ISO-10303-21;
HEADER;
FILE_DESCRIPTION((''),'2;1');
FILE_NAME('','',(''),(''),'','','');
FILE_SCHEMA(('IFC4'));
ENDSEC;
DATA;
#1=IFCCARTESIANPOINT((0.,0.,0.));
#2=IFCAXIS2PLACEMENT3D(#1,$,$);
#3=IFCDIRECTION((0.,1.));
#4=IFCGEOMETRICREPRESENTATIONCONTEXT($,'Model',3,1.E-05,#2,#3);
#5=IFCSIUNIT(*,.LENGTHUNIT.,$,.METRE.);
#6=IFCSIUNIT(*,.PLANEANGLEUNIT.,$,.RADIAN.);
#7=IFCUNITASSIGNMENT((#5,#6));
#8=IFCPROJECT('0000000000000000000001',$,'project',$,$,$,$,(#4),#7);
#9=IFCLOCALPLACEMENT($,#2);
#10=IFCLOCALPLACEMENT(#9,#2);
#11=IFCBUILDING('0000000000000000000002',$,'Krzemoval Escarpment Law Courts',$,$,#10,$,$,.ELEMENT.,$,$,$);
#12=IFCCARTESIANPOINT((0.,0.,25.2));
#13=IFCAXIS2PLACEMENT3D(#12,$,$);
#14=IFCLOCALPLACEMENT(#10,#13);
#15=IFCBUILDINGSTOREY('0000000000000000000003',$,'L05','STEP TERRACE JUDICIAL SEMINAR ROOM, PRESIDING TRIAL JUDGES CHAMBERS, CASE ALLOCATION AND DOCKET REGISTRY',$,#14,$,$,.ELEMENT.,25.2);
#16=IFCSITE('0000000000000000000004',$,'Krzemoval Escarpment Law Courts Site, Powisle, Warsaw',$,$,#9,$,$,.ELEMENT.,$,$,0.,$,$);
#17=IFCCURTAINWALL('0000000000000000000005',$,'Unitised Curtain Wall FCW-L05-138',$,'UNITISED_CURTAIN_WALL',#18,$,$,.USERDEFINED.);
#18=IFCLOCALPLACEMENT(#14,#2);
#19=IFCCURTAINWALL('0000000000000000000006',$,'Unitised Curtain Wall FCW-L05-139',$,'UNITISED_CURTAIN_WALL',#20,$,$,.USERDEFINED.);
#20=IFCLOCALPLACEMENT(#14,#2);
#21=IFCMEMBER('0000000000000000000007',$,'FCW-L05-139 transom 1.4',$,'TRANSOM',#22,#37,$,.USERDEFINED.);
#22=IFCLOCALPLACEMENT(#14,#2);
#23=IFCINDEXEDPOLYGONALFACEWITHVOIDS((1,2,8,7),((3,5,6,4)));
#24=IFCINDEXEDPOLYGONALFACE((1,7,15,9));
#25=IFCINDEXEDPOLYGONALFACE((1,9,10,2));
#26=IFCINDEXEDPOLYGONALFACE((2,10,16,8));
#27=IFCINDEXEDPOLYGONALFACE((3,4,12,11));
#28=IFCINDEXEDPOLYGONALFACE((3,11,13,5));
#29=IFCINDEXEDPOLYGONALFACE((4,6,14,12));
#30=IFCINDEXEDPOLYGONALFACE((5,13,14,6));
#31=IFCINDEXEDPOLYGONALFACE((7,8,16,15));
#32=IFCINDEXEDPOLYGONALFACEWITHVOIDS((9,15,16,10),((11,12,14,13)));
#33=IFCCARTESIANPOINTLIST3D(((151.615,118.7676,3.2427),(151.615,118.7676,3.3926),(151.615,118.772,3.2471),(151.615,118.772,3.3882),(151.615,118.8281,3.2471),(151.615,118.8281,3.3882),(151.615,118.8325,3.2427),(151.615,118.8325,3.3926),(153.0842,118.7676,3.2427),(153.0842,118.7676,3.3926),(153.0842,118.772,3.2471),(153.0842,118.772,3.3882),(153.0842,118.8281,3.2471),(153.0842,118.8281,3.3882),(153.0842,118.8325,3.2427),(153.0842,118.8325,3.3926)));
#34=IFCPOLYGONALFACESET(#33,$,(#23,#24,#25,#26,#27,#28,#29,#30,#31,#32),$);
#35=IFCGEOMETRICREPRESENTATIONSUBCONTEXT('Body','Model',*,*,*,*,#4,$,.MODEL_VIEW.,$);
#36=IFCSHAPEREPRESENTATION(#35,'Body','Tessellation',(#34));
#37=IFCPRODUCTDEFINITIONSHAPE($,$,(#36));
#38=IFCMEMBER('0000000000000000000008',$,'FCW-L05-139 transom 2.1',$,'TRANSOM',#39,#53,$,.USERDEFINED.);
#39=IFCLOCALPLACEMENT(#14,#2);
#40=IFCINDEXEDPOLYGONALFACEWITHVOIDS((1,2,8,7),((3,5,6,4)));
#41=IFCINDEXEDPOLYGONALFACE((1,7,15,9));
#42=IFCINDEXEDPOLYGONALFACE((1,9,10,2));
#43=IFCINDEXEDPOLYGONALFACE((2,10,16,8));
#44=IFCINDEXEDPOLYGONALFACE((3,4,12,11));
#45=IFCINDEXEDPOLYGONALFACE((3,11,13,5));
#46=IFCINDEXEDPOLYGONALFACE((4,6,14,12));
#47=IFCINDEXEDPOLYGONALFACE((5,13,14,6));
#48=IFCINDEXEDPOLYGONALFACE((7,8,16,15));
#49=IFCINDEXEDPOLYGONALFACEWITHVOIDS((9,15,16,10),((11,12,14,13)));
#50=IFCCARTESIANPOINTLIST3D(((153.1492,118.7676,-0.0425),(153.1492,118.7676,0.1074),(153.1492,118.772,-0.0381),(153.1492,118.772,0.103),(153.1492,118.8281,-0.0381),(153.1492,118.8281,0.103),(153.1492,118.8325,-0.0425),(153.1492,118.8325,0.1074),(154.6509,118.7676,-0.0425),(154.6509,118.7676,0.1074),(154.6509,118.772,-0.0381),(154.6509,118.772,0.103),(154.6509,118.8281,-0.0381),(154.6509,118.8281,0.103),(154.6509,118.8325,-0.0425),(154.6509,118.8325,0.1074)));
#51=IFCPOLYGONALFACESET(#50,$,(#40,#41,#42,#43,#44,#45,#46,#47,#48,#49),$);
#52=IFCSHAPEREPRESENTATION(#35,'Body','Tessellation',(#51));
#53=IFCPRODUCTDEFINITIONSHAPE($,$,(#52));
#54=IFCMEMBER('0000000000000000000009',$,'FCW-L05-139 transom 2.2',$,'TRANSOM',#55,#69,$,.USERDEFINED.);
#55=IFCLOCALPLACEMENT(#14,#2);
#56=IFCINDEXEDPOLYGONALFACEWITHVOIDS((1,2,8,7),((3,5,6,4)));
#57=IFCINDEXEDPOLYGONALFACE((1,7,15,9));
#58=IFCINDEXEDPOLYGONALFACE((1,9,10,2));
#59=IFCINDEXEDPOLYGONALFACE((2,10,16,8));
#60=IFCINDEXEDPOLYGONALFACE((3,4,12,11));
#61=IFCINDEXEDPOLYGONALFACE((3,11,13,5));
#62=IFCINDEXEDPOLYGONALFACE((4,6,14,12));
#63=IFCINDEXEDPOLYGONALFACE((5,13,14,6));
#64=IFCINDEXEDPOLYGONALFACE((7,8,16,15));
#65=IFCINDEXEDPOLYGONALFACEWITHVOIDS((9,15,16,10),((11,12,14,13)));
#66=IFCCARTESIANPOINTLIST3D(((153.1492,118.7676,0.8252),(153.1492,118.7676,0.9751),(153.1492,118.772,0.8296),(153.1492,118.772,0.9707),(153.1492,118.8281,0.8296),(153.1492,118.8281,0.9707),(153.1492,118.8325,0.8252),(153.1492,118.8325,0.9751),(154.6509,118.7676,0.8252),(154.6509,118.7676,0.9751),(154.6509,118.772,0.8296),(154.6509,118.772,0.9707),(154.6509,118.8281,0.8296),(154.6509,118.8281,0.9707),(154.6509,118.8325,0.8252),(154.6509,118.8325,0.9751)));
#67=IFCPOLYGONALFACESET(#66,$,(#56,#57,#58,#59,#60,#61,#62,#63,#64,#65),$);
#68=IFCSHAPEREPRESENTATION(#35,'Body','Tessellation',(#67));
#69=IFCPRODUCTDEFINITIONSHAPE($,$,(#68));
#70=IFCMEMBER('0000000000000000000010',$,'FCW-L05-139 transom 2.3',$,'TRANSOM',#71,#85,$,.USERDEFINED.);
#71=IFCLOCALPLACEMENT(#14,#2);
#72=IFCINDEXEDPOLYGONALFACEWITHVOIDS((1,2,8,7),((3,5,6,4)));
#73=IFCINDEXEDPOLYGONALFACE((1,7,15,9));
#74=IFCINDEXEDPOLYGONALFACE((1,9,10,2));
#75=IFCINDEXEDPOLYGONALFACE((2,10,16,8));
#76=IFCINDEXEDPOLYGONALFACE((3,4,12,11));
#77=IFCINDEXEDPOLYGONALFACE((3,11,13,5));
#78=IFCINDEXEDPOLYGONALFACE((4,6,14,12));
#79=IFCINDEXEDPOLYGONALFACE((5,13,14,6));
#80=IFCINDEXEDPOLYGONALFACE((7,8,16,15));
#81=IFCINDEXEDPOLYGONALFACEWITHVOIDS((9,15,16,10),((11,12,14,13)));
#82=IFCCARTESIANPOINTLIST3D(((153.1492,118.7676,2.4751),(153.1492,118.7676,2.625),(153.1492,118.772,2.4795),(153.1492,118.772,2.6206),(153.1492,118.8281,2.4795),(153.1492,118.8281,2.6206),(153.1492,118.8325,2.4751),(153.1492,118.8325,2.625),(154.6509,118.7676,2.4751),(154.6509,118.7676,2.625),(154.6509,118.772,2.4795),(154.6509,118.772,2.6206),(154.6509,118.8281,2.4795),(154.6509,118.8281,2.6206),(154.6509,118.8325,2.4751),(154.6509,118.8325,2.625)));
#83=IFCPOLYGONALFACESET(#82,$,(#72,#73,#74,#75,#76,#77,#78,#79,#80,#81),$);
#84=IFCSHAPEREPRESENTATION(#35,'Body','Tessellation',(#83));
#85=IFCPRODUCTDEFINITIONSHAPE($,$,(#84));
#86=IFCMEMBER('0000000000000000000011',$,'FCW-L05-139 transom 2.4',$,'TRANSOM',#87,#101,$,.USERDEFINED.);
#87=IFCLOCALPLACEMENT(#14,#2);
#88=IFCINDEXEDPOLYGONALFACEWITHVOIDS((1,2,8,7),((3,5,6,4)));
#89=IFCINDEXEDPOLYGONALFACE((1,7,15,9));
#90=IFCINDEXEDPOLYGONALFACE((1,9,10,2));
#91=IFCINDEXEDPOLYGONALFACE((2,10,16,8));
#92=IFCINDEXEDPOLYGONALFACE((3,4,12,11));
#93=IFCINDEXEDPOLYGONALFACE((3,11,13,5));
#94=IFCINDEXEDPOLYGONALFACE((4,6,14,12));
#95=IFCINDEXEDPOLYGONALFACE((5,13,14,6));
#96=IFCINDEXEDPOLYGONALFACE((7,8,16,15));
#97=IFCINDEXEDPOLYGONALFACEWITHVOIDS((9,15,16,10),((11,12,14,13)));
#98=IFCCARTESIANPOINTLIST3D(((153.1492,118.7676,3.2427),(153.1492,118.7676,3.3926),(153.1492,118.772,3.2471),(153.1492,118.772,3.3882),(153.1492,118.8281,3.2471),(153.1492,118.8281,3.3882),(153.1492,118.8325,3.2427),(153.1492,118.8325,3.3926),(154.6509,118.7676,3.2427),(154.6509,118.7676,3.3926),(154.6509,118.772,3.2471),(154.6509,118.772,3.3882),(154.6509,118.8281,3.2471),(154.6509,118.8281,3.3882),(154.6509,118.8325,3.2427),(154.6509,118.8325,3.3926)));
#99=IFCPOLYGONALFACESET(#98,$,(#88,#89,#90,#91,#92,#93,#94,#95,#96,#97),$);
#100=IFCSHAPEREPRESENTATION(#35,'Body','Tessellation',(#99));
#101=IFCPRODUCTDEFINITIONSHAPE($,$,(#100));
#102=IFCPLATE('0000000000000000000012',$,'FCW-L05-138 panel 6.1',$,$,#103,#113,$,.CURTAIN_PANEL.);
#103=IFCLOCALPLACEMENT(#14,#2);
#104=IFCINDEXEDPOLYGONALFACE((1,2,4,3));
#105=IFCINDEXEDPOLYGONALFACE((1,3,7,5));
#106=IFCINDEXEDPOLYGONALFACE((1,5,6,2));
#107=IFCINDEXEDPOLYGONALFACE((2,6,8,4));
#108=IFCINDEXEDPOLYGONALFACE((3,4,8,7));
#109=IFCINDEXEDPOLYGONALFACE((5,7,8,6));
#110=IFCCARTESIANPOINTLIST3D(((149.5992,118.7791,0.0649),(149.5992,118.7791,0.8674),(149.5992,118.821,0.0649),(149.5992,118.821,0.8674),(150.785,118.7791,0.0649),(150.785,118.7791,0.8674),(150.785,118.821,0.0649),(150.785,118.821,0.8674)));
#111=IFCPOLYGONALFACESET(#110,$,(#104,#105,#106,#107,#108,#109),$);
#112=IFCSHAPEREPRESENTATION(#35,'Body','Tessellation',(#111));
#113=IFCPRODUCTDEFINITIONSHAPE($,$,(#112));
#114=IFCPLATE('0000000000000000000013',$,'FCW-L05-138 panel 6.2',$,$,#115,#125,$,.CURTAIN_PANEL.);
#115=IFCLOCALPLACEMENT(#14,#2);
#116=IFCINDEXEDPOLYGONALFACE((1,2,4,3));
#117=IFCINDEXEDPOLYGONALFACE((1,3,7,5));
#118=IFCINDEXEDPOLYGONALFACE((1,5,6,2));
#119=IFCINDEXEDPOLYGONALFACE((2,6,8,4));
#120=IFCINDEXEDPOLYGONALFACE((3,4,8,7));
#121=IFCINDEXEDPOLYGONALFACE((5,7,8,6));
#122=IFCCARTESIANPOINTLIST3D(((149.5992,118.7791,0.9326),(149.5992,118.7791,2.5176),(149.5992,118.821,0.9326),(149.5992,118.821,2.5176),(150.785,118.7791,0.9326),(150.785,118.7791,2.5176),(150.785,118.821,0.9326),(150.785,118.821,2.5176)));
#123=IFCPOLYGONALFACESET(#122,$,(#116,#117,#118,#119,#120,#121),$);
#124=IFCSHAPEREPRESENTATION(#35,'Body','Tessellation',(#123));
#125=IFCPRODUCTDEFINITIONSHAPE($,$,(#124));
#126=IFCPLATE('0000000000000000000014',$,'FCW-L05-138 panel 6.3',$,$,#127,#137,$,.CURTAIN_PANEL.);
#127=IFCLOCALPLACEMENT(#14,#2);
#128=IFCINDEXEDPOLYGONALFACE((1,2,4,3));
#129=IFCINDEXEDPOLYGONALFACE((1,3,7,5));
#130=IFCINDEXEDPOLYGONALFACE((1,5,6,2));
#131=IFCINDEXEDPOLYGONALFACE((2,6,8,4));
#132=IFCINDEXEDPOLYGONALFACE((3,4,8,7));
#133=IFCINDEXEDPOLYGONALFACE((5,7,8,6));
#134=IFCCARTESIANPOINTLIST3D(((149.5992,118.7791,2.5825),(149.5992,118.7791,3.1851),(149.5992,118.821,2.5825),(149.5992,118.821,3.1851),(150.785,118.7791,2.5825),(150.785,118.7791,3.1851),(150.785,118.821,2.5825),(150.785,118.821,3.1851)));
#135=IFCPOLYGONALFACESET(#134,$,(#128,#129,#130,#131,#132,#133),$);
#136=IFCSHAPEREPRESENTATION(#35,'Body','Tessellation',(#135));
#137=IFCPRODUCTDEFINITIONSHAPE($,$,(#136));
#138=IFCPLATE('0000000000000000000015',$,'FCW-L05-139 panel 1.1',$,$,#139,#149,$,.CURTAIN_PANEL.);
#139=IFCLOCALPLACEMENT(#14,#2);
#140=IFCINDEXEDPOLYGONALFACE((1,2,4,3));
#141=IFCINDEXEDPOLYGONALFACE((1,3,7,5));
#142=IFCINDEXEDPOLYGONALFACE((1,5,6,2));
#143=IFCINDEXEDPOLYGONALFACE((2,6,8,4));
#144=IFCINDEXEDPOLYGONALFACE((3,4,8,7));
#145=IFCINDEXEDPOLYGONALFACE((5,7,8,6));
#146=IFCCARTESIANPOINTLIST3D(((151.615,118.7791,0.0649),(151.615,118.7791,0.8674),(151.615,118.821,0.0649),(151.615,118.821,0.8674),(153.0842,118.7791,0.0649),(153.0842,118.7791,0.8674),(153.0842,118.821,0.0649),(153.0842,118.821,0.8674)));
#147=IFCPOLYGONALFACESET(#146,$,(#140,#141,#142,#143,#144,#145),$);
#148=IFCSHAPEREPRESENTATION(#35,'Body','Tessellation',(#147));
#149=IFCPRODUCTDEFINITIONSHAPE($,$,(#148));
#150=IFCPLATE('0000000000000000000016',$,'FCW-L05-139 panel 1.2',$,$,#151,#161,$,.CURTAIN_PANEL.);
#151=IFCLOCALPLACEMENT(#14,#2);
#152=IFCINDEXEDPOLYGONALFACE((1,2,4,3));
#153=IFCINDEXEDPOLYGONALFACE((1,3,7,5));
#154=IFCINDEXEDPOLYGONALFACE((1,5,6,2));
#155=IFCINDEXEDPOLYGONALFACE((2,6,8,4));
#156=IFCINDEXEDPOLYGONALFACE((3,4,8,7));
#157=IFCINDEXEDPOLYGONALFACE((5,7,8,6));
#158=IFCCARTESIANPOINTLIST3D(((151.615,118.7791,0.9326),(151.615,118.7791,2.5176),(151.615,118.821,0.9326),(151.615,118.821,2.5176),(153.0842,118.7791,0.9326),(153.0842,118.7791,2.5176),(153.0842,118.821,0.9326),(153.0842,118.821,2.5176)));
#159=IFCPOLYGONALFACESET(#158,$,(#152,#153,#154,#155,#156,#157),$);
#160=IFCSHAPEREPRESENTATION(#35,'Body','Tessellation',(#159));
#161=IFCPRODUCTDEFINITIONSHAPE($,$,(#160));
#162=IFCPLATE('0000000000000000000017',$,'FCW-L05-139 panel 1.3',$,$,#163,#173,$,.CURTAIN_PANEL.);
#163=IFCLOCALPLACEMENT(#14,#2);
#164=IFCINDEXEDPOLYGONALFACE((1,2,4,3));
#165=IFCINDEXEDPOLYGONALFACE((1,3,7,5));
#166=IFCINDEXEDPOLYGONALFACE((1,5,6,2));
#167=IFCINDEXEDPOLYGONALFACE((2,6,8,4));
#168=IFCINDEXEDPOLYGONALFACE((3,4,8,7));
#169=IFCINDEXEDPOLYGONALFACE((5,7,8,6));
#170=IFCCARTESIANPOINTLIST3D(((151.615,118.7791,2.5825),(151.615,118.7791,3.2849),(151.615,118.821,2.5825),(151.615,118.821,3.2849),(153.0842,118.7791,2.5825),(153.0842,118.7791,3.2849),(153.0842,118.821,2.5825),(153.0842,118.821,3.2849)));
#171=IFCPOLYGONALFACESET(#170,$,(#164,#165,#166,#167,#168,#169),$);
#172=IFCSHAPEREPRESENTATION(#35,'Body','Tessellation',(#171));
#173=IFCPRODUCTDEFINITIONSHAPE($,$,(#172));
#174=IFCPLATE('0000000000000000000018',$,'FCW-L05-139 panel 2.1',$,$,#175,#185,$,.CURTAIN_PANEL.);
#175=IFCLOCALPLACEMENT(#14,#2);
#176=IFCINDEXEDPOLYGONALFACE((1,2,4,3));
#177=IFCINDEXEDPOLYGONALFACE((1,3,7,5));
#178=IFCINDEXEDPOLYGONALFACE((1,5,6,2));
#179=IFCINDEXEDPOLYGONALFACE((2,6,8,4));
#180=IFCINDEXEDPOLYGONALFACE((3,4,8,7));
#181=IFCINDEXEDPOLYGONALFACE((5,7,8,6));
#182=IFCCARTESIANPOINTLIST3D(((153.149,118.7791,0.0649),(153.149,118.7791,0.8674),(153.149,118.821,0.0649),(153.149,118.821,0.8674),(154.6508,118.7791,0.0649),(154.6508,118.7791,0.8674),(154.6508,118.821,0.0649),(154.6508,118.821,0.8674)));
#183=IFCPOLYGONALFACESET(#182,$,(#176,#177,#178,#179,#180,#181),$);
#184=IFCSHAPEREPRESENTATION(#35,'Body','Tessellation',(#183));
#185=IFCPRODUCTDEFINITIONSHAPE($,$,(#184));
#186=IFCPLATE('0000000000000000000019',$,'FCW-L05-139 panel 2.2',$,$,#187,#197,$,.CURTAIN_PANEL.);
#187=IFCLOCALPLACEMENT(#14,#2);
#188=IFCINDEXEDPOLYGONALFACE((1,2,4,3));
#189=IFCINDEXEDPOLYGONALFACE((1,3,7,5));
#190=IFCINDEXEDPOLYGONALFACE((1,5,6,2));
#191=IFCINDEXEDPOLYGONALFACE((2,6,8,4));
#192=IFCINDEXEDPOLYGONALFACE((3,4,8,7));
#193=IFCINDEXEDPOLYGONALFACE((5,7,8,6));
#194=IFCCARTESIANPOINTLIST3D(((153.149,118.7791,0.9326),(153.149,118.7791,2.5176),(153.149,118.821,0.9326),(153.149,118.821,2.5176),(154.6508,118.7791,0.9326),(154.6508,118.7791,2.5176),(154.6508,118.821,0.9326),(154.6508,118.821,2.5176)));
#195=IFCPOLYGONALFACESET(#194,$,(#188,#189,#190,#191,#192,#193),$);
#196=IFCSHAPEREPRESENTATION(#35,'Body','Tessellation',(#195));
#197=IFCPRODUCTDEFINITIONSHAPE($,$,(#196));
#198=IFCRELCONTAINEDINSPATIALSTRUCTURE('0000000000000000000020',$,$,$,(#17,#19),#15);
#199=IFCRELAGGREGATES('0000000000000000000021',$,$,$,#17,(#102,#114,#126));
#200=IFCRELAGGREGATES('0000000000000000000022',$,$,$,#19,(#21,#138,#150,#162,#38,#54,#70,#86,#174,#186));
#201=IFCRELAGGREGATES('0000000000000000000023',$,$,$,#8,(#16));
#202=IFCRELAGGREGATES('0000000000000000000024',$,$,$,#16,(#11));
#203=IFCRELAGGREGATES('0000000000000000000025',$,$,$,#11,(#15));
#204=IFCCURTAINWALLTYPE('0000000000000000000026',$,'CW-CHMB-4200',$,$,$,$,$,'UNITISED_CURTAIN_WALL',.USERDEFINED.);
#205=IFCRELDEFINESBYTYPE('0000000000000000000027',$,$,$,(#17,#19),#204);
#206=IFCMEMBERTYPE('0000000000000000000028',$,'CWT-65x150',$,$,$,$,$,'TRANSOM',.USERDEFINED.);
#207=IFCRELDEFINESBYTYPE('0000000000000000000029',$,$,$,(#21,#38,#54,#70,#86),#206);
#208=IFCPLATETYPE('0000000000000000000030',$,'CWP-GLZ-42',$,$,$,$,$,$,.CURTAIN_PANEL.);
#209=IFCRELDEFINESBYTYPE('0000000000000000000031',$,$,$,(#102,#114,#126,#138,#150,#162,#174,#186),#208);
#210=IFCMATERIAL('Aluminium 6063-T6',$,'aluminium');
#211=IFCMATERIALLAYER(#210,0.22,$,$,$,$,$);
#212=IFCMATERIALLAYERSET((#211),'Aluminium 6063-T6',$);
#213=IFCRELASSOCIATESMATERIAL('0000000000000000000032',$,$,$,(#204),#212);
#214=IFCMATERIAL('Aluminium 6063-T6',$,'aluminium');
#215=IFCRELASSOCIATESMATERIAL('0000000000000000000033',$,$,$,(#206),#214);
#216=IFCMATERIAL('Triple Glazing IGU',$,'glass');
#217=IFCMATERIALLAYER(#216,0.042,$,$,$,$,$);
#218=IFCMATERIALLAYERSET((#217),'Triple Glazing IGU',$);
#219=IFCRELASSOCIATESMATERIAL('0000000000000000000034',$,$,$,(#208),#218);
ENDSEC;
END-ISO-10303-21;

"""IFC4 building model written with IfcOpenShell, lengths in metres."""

from ifc_helpers import new_model, si_unit, direction, frame, origin, origin_2d, place, context, subcontext, project, spatial, rectangle, hollow_rectangle, extrude, material, layer, layer_set, material_profile, profile_set, type_object, element, aggregate, save


model = new_model("IFC4")

# Units and contexts
model_context = context("Model", 3, precision=1e-05, world=origin(), true_north=direction((0.0, 1.0)))
body_context = subcontext(model_context, "Body", "Model", "MODEL_VIEW")
ifc_project = project(units=[si_unit("LENGTHUNIT", "METRE"), si_unit("PLANEANGLEUNIT", "RADIAN")], contexts=[model_context])

# Site, building, storey
site_placement = place(None, origin())
site = spatial("IfcSite", under=ifc_project, at=site_placement, Name="Krzemoval Escarpment Law Courts Site, Powisle, Warsaw", CompositionType="ELEMENT", RefElevation=0.0)
building_placement = place(site_placement, origin())
building = spatial("IfcBuilding", under=site, at=building_placement, Name="Krzemoval Escarpment Law Courts", CompositionType="ELEMENT")
storey_placement = place(building_placement, frame((0.0, 0.0, 25.2)))
storey = spatial("IfcBuildingStorey", under=building, at=storey_placement, Name="L05", Description="STEP TERRACE JUDICIAL SEMINAR ROOM, PRESIDING TRIAL JUDGES CHAMBERS, CASE ALLOCATION AND DOCKET REGISTRY", CompositionType="ELEMENT", Elevation=25.2)

# Curtain wall
ifc_material_1 = material(Name="Aluminium 6063-T6", Category="aluminium")
ifc_layer_1 = layer(ifc_material_1, 0.22)
ifc_layer_set_1 = layer_set([ifc_layer_1], Name="Aluminium 6063-T6")
curtain_wall_type = type_object("IfcCurtainWallType", Name="CW-CHMB-4200", ElementType="UNITISED_CURTAIN_WALL", PredefinedType="USERDEFINED", material=ifc_layer_set_1)
curtain_wall_1_placement = place(storey_placement, origin())
curtain_wall_1 = element("IfcCurtainWall", 1, at=curtain_wall_1_placement, inside=storey, type_object=curtain_wall_type, Name="Unitised Curtain Wall FCW-L05-138", ObjectType="UNITISED_CURTAIN_WALL", PredefinedType="USERDEFINED")

# Curtain wall
curtain_wall_2_placement = place(storey_placement, origin())
curtain_wall_2 = element("IfcCurtainWall", 2, at=curtain_wall_2_placement, inside=storey, type_object=curtain_wall_type, Name="Unitised Curtain Wall FCW-L05-139", ObjectType="UNITISED_CURTAIN_WALL", PredefinedType="USERDEFINED")

# Members
ifc_material_2 = material(Name="Aluminium 6063-T6", Category="aluminium")
ifc_material_profile_1 = material_profile(ifc_material_2, hollow_rectangle(XDim=0.0649, YDim=0.1499, WallThickness=0.0044, at=origin_2d()), Name="ALU T65x150")
ifc_profile_set_1 = profile_set([ifc_material_profile_1], Name="Aluminium 6063-T6")
member_type_1 = type_object("IfcMemberType", Name="CWT-65x150", ElementType="TRANSOM", PredefinedType="USERDEFINED", material=ifc_profile_set_1)
member_1_placement = place(storey_placement, frame((151.615, 118.8, 3.3176), z_axis=(1.0, 0.0, 0.0), x_axis=(0.0, 1.0, 0.0)))
member_1 = element("IfcMember", 3, at=member_1_placement, type_object=member_type_1, Name="FCW-L05-139 transom 1.4", ObjectType="TRANSOM", PredefinedType="USERDEFINED", context=body_context, shape_type="SweptSolid", body=[
    extrude(hollow_rectangle(XDim=0.0649, YDim=0.1499, WallThickness=0.0044, at=origin_2d()), origin(), (0.0, 0.0, 1.0), 1.4692),
])
member_2_placement = place(storey_placement, frame((153.1492, 118.8, 0.0325), z_axis=(1.0, 0.0, 0.0), x_axis=(0.0, 1.0, 0.0)))
member_2 = element("IfcMember", 4, at=member_2_placement, type_object=member_type_1, Name="FCW-L05-139 transom 2.1", ObjectType="TRANSOM", PredefinedType="USERDEFINED", context=body_context, shape_type="SweptSolid", body=[
    extrude(hollow_rectangle(XDim=0.0649, YDim=0.1499, WallThickness=0.0044, at=origin_2d()), origin(), (0.0, 0.0, 1.0), 1.5017),
])
member_3_placement = place(storey_placement, frame((153.1492, 118.8, 0.9001), z_axis=(1.0, 0.0, 0.0), x_axis=(0.0, 1.0, 0.0)))
member_3 = element("IfcMember", 5, at=member_3_placement, type_object=member_type_1, Name="FCW-L05-139 transom 2.2", ObjectType="TRANSOM", PredefinedType="USERDEFINED", context=body_context, shape_type="SweptSolid", body=[
    extrude(hollow_rectangle(XDim=0.0649, YDim=0.1499, WallThickness=0.0044, at=origin_2d()), origin(), (0.0, 0.0, 1.0), 1.5017),
])
member_4_placement = place(storey_placement, frame((153.1492, 118.8, 2.55), z_axis=(1.0, 0.0, 0.0), x_axis=(0.0, 1.0, 0.0)))
member_4 = element("IfcMember", 6, at=member_4_placement, type_object=member_type_1, Name="FCW-L05-139 transom 2.3", ObjectType="TRANSOM", PredefinedType="USERDEFINED", context=body_context, shape_type="SweptSolid", body=[
    extrude(hollow_rectangle(XDim=0.0649, YDim=0.1499, WallThickness=0.0044, at=origin_2d()), origin(), (0.0, 0.0, 1.0), 1.5017),
])
member_5_placement = place(storey_placement, frame((153.1492, 118.8, 3.3176), z_axis=(1.0, 0.0, 0.0), x_axis=(0.0, 1.0, 0.0)))
member_5 = element("IfcMember", 7, at=member_5_placement, type_object=member_type_1, Name="FCW-L05-139 transom 2.4", ObjectType="TRANSOM", PredefinedType="USERDEFINED", context=body_context, shape_type="SweptSolid", body=[
    extrude(hollow_rectangle(XDim=0.0649, YDim=0.1499, WallThickness=0.0044, at=origin_2d()), origin(), (0.0, 0.0, 1.0), 1.5017),
])

# Plates
ifc_material_3 = material(Name="Triple Glazing IGU", Category="glass")
ifc_layer_2 = layer(ifc_material_3, 0.042)
ifc_layer_set_2 = layer_set([ifc_layer_2], Name="Triple Glazing IGU")
plate_type = type_object("IfcPlateType", Name="CWP-GLZ-42", PredefinedType="CURTAIN_PANEL", material=ifc_layer_set_2)
plate_1_placement = place(storey_placement, frame((150.1921, 118.8, 0.0649), z_axis=(0.0, 0.0, 1.0), x_axis=(1.0, 0.0, 0.0)))
plate_1 = element("IfcPlate", 8, at=plate_1_placement, type_object=plate_type, Name="FCW-L05-138 panel 6.1", PredefinedType="CURTAIN_PANEL", context=body_context, shape_type="SweptSolid", body=[
    extrude(rectangle(XDim=1.1858, YDim=0.042, at=origin_2d()), origin(), (0.0, 0.0, 1.0), 0.8025),
])
plate_2_placement = place(storey_placement, frame((150.1921, 118.8, 0.9326), z_axis=(0.0, 0.0, 1.0), x_axis=(1.0, 0.0, 0.0)))
plate_2 = element("IfcPlate", 9, at=plate_2_placement, type_object=plate_type, Name="FCW-L05-138 panel 6.2", PredefinedType="CURTAIN_PANEL", context=body_context, shape_type="SweptSolid", body=[
    extrude(rectangle(XDim=1.1858, YDim=0.042, at=origin_2d()), origin(), (0.0, 0.0, 1.0), 1.585),
])
plate_3_placement = place(storey_placement, frame((150.1921, 118.8, 2.5825), z_axis=(0.0, 0.0, 1.0), x_axis=(1.0, 0.0, 0.0)))
plate_3 = element("IfcPlate", 10, at=plate_3_placement, type_object=plate_type, Name="FCW-L05-138 panel 6.3", PredefinedType="CURTAIN_PANEL", context=body_context, shape_type="SweptSolid", body=[
    extrude(rectangle(XDim=1.1858, YDim=0.042, at=origin_2d()), origin(), (0.0, 0.0, 1.0), 0.6025),
])
aggregate(curtain_wall_1, [plate_1, plate_2, plate_3])
plate_4_placement = place(storey_placement, frame((152.3496, 118.8, 0.0649), z_axis=(0.0, 0.0, 1.0), x_axis=(1.0, 0.0, 0.0)))
plate_4 = element("IfcPlate", 11, at=plate_4_placement, type_object=plate_type, Name="FCW-L05-139 panel 1.1", PredefinedType="CURTAIN_PANEL", context=body_context, shape_type="SweptSolid", body=[
    extrude(rectangle(XDim=1.4692, YDim=0.042, at=origin_2d()), origin(), (0.0, 0.0, 1.0), 0.8025),
])
plate_5_placement = place(storey_placement, frame((152.3496, 118.8, 0.9326), z_axis=(0.0, 0.0, 1.0), x_axis=(1.0, 0.0, 0.0)))
plate_5 = element("IfcPlate", 12, at=plate_5_placement, type_object=plate_type, Name="FCW-L05-139 panel 1.2", PredefinedType="CURTAIN_PANEL", context=body_context, shape_type="SweptSolid", body=[
    extrude(rectangle(XDim=1.4692, YDim=0.042, at=origin_2d()), origin(), (0.0, 0.0, 1.0), 1.585),
])
plate_6_placement = place(storey_placement, frame((152.3496, 118.8, 2.5825), z_axis=(0.0, 0.0, 1.0), x_axis=(1.0, 0.0, 0.0)))
plate_6 = element("IfcPlate", 13, at=plate_6_placement, type_object=plate_type, Name="FCW-L05-139 panel 1.3", PredefinedType="CURTAIN_PANEL", context=body_context, shape_type="SweptSolid", body=[
    extrude(rectangle(XDim=1.4692, YDim=0.042, at=origin_2d()), origin(), (0.0, 0.0, 1.0), 0.7024),
])
plate_7_placement = place(storey_placement, frame((153.8999, 118.8, 0.0649), z_axis=(0.0, 0.0, 1.0), x_axis=(1.0, 0.0, 0.0)))
plate_7 = element("IfcPlate", 14, at=plate_7_placement, type_object=plate_type, Name="FCW-L05-139 panel 2.1", PredefinedType="CURTAIN_PANEL", context=body_context, shape_type="SweptSolid", body=[
    extrude(rectangle(XDim=1.5017, YDim=0.042, at=origin_2d()), origin(), (0.0, 0.0, 1.0), 0.8025),
])
plate_8_placement = place(storey_placement, frame((153.8999, 118.8, 0.9326), z_axis=(0.0, 0.0, 1.0), x_axis=(1.0, 0.0, 0.0)))
plate_8 = element("IfcPlate", 15, at=plate_8_placement, type_object=plate_type, Name="FCW-L05-139 panel 2.2", PredefinedType="CURTAIN_PANEL", context=body_context, shape_type="SweptSolid", body=[
    extrude(rectangle(XDim=1.5017, YDim=0.042, at=origin_2d()), origin(), (0.0, 0.0, 1.0), 1.585),
])
aggregate(curtain_wall_2, [member_1, plate_4, plate_5, plate_6, member_2, member_3, member_4, member_5, plate_7, plate_8])

save(model, "model.ifc")
